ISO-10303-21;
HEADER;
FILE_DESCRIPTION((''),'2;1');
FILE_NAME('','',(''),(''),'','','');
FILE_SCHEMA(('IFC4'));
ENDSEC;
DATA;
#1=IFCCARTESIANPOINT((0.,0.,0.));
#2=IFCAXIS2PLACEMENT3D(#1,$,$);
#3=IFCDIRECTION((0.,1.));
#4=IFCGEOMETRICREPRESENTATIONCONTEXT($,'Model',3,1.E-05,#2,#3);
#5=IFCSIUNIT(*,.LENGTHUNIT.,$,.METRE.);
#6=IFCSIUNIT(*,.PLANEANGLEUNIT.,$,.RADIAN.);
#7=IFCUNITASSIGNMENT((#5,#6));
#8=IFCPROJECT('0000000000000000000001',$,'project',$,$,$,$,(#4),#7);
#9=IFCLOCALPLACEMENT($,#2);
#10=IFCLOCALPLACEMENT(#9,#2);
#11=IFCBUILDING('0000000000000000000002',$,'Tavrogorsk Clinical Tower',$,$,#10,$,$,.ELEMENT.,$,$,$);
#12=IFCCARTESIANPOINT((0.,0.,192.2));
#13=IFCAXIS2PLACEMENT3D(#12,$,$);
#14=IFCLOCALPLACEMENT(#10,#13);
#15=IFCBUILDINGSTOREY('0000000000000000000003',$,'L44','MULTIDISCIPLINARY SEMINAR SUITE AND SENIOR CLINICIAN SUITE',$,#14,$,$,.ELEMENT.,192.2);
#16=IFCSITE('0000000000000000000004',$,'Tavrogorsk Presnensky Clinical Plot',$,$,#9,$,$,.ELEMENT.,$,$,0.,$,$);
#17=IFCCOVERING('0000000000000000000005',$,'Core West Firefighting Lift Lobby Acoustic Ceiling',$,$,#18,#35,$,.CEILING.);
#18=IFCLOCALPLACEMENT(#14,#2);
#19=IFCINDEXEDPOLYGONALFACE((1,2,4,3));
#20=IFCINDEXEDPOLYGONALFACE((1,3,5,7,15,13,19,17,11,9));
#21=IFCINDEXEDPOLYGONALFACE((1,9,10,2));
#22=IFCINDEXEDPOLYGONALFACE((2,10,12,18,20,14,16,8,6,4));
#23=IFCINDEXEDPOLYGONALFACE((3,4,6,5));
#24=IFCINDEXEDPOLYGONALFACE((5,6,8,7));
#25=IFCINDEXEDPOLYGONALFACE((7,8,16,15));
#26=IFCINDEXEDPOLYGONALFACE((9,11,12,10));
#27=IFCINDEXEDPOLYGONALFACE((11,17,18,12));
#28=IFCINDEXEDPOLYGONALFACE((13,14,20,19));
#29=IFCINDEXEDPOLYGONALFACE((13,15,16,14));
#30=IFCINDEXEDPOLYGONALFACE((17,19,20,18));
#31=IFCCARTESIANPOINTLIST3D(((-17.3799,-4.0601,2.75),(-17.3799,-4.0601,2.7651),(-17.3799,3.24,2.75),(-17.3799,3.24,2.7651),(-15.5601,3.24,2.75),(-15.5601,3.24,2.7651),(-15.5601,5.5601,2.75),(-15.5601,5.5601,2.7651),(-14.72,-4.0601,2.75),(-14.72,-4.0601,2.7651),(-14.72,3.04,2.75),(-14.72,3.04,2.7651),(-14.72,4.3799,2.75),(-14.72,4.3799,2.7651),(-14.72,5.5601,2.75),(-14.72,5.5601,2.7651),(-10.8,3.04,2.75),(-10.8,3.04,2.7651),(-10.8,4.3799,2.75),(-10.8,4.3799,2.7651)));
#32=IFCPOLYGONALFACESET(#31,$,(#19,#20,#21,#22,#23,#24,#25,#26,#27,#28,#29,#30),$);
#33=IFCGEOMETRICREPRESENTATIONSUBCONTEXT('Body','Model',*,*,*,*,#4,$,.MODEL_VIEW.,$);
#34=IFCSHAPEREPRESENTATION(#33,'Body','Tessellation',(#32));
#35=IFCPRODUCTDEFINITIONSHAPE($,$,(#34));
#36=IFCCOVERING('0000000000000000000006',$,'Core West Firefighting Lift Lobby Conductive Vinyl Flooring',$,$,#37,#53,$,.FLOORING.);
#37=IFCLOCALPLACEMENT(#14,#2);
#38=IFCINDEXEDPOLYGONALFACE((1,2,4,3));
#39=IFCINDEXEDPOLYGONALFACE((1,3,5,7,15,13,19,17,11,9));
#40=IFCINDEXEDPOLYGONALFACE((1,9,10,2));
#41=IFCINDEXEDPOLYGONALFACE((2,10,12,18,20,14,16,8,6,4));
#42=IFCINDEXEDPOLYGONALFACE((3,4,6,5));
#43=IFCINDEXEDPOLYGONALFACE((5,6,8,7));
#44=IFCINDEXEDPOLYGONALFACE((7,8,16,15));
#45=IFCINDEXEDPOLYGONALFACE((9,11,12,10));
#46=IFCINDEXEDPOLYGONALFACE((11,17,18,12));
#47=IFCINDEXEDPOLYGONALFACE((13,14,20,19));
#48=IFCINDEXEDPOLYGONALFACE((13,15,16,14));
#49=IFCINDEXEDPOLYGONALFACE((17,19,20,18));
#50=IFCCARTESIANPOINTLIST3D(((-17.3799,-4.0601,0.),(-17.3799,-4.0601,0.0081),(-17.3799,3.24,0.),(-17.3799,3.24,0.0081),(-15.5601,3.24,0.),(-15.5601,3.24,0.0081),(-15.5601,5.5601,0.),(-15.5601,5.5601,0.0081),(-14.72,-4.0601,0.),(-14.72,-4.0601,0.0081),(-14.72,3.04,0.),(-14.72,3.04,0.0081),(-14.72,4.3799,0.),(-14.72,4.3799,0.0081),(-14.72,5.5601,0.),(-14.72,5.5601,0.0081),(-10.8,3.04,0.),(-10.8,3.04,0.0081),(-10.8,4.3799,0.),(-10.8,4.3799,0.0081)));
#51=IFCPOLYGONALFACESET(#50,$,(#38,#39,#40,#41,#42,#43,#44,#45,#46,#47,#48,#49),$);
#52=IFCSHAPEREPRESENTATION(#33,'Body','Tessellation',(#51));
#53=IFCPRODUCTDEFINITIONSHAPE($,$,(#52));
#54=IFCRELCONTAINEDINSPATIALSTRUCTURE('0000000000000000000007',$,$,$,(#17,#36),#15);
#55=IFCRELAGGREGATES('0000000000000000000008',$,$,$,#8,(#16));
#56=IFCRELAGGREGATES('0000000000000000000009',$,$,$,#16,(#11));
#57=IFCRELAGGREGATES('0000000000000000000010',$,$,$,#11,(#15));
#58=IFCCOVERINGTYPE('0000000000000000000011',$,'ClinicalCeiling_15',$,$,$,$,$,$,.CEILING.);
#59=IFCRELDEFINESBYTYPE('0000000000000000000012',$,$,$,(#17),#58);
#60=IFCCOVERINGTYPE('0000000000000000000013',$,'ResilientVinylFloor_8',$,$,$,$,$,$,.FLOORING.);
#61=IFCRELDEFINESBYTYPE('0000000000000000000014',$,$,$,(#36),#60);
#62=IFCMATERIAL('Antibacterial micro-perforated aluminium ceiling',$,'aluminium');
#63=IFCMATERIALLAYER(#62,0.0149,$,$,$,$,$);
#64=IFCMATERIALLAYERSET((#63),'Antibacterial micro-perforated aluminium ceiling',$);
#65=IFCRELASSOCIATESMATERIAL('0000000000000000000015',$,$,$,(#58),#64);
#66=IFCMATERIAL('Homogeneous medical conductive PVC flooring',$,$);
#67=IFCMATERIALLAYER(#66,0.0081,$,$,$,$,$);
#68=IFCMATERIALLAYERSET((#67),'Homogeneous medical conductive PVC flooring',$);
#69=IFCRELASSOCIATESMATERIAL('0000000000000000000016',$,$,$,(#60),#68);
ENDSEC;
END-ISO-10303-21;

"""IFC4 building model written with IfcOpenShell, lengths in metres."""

from ifc_helpers import new_model, si_unit, direction, frame, origin, place, context, subcontext, project, spatial, polyline, outline, extrude, material, layer, layer_set, type_object, element, save


model = new_model("IFC4")

# Units and contexts
model_context = context("Model", 3, precision=1e-05, world=origin(), true_north=direction((0.0, 1.0)))
body_context = subcontext(model_context, "Body", "Model", "MODEL_VIEW")
ifc_project = project(units=[si_unit("LENGTHUNIT", "METRE"), si_unit("PLANEANGLEUNIT", "RADIAN")], contexts=[model_context])

# Site, building, storey
site_placement = place(None, origin())
site = spatial("IfcSite", under=ifc_project, at=site_placement, Name="Tavrogorsk Presnensky Clinical Plot", CompositionType="ELEMENT", RefElevation=0.0)
building_placement = place(site_placement, origin())
building = spatial("IfcBuilding", under=site, at=building_placement, Name="Tavrogorsk Clinical Tower", CompositionType="ELEMENT")
storey_placement = place(building_placement, frame((0.0, 0.0, 192.2)))
storey = spatial("IfcBuildingStorey", under=building, at=storey_placement, Name="L44", Description="MULTIDISCIPLINARY SEMINAR SUITE AND SENIOR CLINICIAN SUITE", CompositionType="ELEMENT", Elevation=192.2)

# Coverings
ifc_material_1 = material(Name="Antibacterial micro-perforated aluminium ceiling", Category="aluminium")
ifc_layer_1 = layer(ifc_material_1, 0.0149)
ifc_layer_set_1 = layer_set([ifc_layer_1], Name="Antibacterial micro-perforated aluminium ceiling")
covering_type_1 = type_object("IfcCoveringType", Name="ClinicalCeiling_15", PredefinedType="CEILING", material=ifc_layer_set_1)
covering_1_placement = place(storey_placement, frame((0.0, 0.0, 2.75)))
element("IfcCovering", 1, at=covering_1_placement, inside=storey, type_object=covering_type_1, Name="Core West Firefighting Lift Lobby Acoustic Ceiling", PredefinedType="CEILING", context=body_context, shape_type="SweptSolid", body=[
    extrude(outline(polyline([(-14.72, 4.3799), (-10.8, 4.3799), (-10.8, 3.04), (-14.72, 3.04), (-14.72, -4.0601), (-17.3799, -4.0601), (-17.3799, 3.24), (-15.5601, 3.24), (-15.5601, 5.5601), (-14.72, 5.5601), (-14.72, 4.3799)])), origin(), (0.0, 0.0, 1.0), 0.0151),
])
ifc_material_2 = material(Name="Homogeneous medical conductive PVC flooring")
ifc_layer_2 = layer(ifc_material_2, 0.0081)
ifc_layer_set_2 = layer_set([ifc_layer_2], Name="Homogeneous medical conductive PVC flooring")
covering_type_2 = type_object("IfcCoveringType", Name="ResilientVinylFloor_8", PredefinedType="FLOORING", material=ifc_layer_set_2)
covering_2_placement = place(storey_placement, origin())
element("IfcCovering", 2, at=covering_2_placement, inside=storey, type_object=covering_type_2, Name="Core West Firefighting Lift Lobby Conductive Vinyl Flooring", PredefinedType="FLOORING", context=body_context, shape_type="SweptSolid", body=[
    extrude(outline(polyline([(-14.72, 4.3799), (-10.8, 4.3799), (-10.8, 3.04), (-14.72, 3.04), (-14.72, -4.0601), (-17.3799, -4.0601), (-17.3799, 3.24), (-15.5601, 3.24), (-15.5601, 5.5601), (-14.72, 5.5601), (-14.72, 4.3799)])), origin(), (0.0, 0.0, 1.0), 0.0081),
])

save(model, "model.ifc")
